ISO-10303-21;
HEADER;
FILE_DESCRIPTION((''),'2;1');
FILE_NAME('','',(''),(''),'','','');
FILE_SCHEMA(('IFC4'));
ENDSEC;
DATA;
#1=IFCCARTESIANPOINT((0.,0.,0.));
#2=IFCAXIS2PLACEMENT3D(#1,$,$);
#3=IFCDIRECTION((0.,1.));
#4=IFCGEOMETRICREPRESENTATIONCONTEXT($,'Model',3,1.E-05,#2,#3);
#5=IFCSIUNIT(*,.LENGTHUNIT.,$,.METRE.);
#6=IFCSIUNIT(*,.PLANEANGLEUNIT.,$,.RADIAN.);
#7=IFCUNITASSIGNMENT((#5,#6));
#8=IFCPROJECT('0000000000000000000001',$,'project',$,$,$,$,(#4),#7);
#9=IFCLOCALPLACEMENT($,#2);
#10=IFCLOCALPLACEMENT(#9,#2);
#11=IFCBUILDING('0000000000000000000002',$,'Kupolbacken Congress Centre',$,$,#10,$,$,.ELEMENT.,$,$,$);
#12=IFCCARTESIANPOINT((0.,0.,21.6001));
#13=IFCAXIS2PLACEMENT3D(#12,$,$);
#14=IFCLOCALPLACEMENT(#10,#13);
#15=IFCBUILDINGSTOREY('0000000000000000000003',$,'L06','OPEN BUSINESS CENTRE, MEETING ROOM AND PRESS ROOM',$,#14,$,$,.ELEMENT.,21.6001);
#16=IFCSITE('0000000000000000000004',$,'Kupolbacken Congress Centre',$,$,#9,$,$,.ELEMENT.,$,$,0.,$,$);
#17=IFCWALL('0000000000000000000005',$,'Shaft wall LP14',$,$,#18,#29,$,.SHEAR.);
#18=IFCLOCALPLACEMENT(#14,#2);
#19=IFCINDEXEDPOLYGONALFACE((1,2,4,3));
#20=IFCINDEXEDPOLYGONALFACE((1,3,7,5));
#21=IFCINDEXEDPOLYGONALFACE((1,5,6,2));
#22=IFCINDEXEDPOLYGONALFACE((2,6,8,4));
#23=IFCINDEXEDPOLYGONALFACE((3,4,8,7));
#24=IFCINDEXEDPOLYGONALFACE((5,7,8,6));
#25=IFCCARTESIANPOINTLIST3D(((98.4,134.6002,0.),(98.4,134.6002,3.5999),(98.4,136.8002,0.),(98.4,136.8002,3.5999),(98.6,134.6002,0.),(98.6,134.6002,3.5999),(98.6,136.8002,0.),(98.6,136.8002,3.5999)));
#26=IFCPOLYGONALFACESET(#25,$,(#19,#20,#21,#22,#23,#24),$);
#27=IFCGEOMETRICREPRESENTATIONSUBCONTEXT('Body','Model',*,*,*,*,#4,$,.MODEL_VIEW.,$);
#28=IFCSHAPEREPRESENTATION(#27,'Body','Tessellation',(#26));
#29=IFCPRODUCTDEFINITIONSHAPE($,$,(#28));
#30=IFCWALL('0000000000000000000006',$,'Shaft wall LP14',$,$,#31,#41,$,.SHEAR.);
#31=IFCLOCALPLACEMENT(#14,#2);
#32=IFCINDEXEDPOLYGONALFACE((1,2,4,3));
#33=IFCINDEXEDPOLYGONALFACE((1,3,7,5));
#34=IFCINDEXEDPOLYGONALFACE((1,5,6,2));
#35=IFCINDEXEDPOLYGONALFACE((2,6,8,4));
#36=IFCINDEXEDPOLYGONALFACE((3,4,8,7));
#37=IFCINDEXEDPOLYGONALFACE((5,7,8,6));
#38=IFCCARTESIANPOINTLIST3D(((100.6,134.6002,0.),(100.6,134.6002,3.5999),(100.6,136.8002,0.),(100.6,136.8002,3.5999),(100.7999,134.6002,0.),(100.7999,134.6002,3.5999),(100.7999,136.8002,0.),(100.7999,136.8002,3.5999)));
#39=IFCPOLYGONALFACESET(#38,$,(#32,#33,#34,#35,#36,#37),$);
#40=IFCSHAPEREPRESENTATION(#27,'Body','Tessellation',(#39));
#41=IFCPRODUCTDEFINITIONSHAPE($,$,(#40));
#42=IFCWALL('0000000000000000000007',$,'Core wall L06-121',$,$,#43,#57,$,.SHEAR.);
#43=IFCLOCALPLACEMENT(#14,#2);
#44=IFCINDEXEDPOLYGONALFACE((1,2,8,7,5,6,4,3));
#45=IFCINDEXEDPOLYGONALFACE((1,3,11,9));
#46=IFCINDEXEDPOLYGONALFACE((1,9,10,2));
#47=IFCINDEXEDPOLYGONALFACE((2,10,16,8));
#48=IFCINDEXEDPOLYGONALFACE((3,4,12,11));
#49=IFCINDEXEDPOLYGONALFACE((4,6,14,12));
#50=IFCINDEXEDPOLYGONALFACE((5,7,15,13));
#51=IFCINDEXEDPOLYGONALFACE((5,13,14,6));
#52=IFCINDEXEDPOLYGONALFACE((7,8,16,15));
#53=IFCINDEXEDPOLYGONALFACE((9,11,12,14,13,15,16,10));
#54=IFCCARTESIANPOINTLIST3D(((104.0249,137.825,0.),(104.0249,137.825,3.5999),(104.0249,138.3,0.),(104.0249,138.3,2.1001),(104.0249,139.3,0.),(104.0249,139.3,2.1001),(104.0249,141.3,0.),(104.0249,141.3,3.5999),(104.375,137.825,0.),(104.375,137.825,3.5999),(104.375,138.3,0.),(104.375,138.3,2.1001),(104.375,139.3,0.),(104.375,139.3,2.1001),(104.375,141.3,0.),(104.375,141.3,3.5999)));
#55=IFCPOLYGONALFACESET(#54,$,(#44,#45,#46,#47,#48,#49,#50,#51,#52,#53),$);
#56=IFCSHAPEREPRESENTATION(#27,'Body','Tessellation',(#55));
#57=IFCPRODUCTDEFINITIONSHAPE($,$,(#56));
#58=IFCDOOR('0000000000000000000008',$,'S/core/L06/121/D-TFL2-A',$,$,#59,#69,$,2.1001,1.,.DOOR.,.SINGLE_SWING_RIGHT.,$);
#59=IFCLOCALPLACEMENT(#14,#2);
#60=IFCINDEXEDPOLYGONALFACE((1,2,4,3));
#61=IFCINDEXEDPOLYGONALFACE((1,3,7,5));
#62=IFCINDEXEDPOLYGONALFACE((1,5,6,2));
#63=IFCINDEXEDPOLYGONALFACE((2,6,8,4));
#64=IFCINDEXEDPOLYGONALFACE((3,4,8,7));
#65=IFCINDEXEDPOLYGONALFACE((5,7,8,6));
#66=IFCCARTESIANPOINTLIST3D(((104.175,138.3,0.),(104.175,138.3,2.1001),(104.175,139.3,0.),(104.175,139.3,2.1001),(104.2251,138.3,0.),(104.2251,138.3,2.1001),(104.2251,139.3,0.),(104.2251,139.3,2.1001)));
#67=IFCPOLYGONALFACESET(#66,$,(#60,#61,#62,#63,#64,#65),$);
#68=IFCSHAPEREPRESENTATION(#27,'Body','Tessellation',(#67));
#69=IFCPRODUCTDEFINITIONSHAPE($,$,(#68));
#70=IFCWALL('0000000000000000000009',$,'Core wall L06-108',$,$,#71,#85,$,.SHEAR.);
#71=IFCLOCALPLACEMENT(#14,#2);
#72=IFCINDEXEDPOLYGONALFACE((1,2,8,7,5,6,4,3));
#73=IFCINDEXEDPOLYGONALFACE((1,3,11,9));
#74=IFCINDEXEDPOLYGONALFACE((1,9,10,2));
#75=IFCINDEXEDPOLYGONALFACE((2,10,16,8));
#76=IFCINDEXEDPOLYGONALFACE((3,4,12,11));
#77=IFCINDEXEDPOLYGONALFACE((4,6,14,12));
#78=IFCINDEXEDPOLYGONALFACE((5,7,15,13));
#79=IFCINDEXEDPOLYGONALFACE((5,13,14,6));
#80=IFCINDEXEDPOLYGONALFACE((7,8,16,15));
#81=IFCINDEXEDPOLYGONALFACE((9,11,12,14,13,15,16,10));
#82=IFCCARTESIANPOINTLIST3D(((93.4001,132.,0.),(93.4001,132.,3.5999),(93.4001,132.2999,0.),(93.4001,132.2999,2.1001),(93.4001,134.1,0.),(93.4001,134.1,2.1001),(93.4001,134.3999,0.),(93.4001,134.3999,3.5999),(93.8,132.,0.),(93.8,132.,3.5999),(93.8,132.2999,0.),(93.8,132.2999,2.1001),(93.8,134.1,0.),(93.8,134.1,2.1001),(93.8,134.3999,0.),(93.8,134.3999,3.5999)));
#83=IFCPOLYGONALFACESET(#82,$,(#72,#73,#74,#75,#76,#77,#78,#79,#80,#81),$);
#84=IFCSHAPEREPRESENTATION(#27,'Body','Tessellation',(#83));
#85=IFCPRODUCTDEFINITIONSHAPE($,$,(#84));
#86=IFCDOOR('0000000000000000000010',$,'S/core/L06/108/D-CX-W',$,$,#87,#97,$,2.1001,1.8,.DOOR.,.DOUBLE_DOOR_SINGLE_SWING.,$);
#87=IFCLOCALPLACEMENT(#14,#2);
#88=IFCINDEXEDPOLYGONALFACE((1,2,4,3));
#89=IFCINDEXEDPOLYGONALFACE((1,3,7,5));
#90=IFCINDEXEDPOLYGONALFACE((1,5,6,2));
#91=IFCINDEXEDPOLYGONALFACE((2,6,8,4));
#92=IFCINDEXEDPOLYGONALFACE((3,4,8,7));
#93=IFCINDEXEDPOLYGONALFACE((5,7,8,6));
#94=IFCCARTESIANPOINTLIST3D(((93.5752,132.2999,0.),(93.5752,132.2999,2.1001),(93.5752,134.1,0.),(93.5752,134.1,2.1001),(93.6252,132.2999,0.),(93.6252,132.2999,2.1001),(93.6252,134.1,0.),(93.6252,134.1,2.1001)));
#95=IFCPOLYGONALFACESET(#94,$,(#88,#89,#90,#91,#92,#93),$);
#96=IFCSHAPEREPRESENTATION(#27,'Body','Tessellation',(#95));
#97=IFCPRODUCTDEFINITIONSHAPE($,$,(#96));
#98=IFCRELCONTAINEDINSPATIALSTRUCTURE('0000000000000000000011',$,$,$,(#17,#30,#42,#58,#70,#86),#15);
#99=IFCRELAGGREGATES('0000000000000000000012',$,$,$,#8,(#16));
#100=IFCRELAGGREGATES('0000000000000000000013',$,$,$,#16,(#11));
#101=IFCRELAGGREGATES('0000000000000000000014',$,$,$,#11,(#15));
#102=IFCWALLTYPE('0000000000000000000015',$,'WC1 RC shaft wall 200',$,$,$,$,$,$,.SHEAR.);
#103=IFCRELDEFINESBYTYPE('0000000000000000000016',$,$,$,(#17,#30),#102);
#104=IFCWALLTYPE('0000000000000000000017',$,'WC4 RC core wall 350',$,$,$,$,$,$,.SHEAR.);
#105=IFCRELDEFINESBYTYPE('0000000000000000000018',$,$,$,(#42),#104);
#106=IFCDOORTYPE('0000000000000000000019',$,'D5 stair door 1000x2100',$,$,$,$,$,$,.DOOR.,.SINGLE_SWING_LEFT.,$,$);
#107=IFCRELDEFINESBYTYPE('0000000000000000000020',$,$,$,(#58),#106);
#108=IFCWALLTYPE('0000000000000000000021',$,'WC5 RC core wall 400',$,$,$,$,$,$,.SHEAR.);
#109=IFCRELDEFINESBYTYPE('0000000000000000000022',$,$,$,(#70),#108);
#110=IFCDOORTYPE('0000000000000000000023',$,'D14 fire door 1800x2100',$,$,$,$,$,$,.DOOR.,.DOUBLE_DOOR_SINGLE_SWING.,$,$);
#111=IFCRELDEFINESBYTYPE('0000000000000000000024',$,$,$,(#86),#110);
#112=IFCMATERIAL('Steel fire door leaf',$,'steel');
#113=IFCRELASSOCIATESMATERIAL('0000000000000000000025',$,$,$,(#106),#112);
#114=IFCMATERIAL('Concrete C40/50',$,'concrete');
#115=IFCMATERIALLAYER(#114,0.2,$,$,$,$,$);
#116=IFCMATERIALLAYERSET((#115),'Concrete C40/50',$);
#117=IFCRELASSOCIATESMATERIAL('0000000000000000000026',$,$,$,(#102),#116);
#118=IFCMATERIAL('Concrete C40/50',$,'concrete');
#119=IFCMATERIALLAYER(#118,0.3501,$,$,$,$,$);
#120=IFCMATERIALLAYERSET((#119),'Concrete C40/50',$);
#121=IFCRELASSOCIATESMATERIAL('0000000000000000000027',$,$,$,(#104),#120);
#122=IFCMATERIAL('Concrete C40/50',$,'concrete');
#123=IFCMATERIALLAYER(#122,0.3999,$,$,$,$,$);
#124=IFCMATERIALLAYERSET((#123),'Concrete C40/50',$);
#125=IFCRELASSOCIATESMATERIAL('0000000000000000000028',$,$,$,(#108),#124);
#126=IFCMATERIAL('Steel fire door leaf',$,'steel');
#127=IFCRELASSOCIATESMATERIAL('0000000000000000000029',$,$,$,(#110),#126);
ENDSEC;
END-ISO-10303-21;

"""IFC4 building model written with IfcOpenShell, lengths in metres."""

from ifc_helpers import new_model, si_unit, direction, frame, frame_2d, origin, place, context, subcontext, project, spatial, rectangle, extrude, material, layer, layer_set, type_object, element, fill, save


model = new_model("IFC4")

# Units and contexts
model_context = context("Model", 3, precision=1e-05, world=origin(), true_north=direction((0.0, 1.0)))
body_context = subcontext(model_context, "Body", "Model", "MODEL_VIEW")
ifc_project = project(units=[si_unit("LENGTHUNIT", "METRE"), si_unit("PLANEANGLEUNIT", "RADIAN")], contexts=[model_context])

# Site, building, storey
site_placement = place(None, origin())
site = spatial("IfcSite", under=ifc_project, at=site_placement, Name="Kupolbacken Congress Centre", CompositionType="ELEMENT", RefElevation=0.0)
building_placement = place(site_placement, origin())
building = spatial("IfcBuilding", under=site, at=building_placement, Name="Kupolbacken Congress Centre", CompositionType="ELEMENT")
storey_placement = place(building_placement, frame((0.0, 0.0, 21.6001)))
storey = spatial("IfcBuildingStorey", under=building, at=storey_placement, Name="L06", Description="OPEN BUSINESS CENTRE, MEETING ROOM AND PRESS ROOM", CompositionType="ELEMENT", Elevation=21.6001)

# Shared definitions
ifc_material_1 = material(Name="Steel fire door leaf", Category="steel")
door_type_1 = type_object("IfcDoorType", Name="D5 stair door 1000x2100", OperationType="SINGLE_SWING_LEFT", PredefinedType="DOOR", material=ifc_material_1)

# Shared definitions
ifc_material_2 = material(Name="Concrete C40/50", Category="concrete")
ifc_layer_1 = layer(ifc_material_2, 0.2)
ifc_layer_set_1 = layer_set([ifc_layer_1], Name="Concrete C40/50")
wall_type_1 = type_object("IfcWallType", Name="WC1 RC shaft wall 200", PredefinedType="SHEAR", material=ifc_layer_set_1)

# Walls
for number, where, z_axis, x_axis, name in (
    (1, (98.5, 134.6001, 0.0), (0.0, 0.0, 1.0), (0.0, 1.0, 0.0), "Shaft wall LP14"),
    (2, (100.7, 134.6001, 0.0), (0.0, 0.0, 1.0), (0.0, 1.0, 0.0), "Shaft wall LP14"),
):
    element("IfcWall", number, at=place(storey_placement, frame(where, z_axis=z_axis, x_axis=x_axis)), inside=storey, type_object=wall_type_1, Name=name, PredefinedType="SHEAR", context=body_context, shape_type="SweptSolid", body=[
        extrude(rectangle(XDim=2.2, YDim=0.2, at=frame_2d((1.1001, 0.0))), origin(), (0.0, 0.0, 1.0), 3.5999),
    ])

# Walls, openings, doors
ifc_material_3 = material(Name="Concrete C40/50", Category="concrete")
ifc_layer_2 = layer(ifc_material_3, 0.3501)
ifc_layer_set_2 = layer_set([ifc_layer_2], Name="Concrete C40/50")
wall_type_2 = type_object("IfcWallType", Name="WC4 RC core wall 350", PredefinedType="SHEAR", material=ifc_layer_set_2)
wall_1_placement = place(storey_placement, frame((104.2, 137.825, 0.0), z_axis=(0.0, 0.0, 1.0), x_axis=(0.0, 1.0, 0.0)))
wall_1 = element("IfcWall", 3, at=wall_1_placement, inside=storey, type_object=wall_type_2, Name="Core wall L06-121", PredefinedType="SHEAR", context=body_context, shape_type="SweptSolid", body=[
    extrude(rectangle(XDim=3.4751, YDim=0.3501, at=frame_2d((1.7375, 0.0))), origin(), (0.0, 0.0, 1.0), 3.5999),
])
opening_1_placement = place(wall_1_placement, frame((0.4751, 0.0, 0.0)))
opening_1 = element("IfcOpeningElement", 4, at=opening_1_placement, cuts=wall_1, PredefinedType="OPENING", context=body_context, shape_type="SweptSolid", body=[
    extrude(rectangle(XDim=1.0, YDim=2.1001, at=frame_2d((0.5, 1.05))), frame((0.0, 0.1851, 0.0), z_axis=(0.0, -1.0, 0.0), x_axis=(1.0, 0.0, 0.0)), (0.0, 0.0, 1.0), 0.3701),
])
door_1_placement = place(opening_1_placement, origin())
door_1 = element("IfcDoor", 5, at=door_1_placement, inside=storey, type_object=door_type_1, Name="S/core/L06/121/D-TFL2-A", OperationType="SINGLE_SWING_RIGHT", OverallHeight=2.1001, OverallWidth=1.0, PredefinedType="DOOR", context=body_context, shape_type="SweptSolid", body=[
    extrude(rectangle(XDim=1.0, YDim=2.1001, at=frame_2d((0.5, 1.05))), frame((0.0, 0.0249, 0.0), z_axis=(0.0, -1.0, 0.0), x_axis=(1.0, 0.0, 0.0)), (0.0, 0.0, 1.0), 0.05),
])
fill(opening_1, door_1)
ifc_material_4 = material(Name="Concrete C40/50", Category="concrete")
ifc_layer_3 = layer(ifc_material_4, 0.3999)
ifc_layer_set_3 = layer_set([ifc_layer_3], Name="Concrete C40/50")
wall_type_3 = type_object("IfcWallType", Name="WC5 RC core wall 400", PredefinedType="SHEAR", material=ifc_layer_set_3)
wall_2_placement = place(storey_placement, frame((93.6001, 132.0, 0.0), z_axis=(0.0, 0.0, 1.0), x_axis=(0.0, 1.0, 0.0)))
wall_2 = element("IfcWall", 6, at=wall_2_placement, inside=storey, type_object=wall_type_3, Name="Core wall L06-108", PredefinedType="SHEAR", context=body_context, shape_type="SweptSolid", body=[
    extrude(rectangle(XDim=2.3999, YDim=0.3999, at=frame_2d((1.2, 0.0))), origin(), (0.0, 0.0, 1.0), 3.5999),
])
opening_2_placement = place(wall_2_placement, frame((0.3, 0.0, 0.0)))
opening_2 = element("IfcOpeningElement", 7, at=opening_2_placement, cuts=wall_2, PredefinedType="OPENING", context=body_context, shape_type="SweptSolid", body=[
    extrude(rectangle(XDim=1.8, YDim=2.1001, at=frame_2d((0.8999, 1.05))), frame((0.0, 0.21, 0.0), z_axis=(0.0, -1.0, 0.0), x_axis=(1.0, 0.0, 0.0)), (0.0, 0.0, 1.0), 0.4199),
])
ifc_material_5 = material(Name="Steel fire door leaf", Category="steel")
door_type_2 = type_object("IfcDoorType", Name="D14 fire door 1800x2100", OperationType="DOUBLE_DOOR_SINGLE_SWING", PredefinedType="DOOR", material=ifc_material_5)
door_2_placement = place(opening_2_placement, origin())
door_2 = element("IfcDoor", 8, at=door_2_placement, inside=storey, type_object=door_type_2, Name="S/core/L06/108/D-CX-W", OperationType="DOUBLE_DOOR_SINGLE_SWING", OverallHeight=2.1001, OverallWidth=1.8, PredefinedType="DOOR", context=body_context, shape_type="SweptSolid", body=[
    extrude(rectangle(XDim=1.8, YDim=2.1001, at=frame_2d((0.8999, 1.05))), frame((0.0, 0.0249, 0.0), z_axis=(0.0, -1.0, 0.0), x_axis=(1.0, 0.0, 0.0)), (0.0, 0.0, 1.0), 0.05),
])
fill(opening_2, door_2)

save(model, "model.ifc")
